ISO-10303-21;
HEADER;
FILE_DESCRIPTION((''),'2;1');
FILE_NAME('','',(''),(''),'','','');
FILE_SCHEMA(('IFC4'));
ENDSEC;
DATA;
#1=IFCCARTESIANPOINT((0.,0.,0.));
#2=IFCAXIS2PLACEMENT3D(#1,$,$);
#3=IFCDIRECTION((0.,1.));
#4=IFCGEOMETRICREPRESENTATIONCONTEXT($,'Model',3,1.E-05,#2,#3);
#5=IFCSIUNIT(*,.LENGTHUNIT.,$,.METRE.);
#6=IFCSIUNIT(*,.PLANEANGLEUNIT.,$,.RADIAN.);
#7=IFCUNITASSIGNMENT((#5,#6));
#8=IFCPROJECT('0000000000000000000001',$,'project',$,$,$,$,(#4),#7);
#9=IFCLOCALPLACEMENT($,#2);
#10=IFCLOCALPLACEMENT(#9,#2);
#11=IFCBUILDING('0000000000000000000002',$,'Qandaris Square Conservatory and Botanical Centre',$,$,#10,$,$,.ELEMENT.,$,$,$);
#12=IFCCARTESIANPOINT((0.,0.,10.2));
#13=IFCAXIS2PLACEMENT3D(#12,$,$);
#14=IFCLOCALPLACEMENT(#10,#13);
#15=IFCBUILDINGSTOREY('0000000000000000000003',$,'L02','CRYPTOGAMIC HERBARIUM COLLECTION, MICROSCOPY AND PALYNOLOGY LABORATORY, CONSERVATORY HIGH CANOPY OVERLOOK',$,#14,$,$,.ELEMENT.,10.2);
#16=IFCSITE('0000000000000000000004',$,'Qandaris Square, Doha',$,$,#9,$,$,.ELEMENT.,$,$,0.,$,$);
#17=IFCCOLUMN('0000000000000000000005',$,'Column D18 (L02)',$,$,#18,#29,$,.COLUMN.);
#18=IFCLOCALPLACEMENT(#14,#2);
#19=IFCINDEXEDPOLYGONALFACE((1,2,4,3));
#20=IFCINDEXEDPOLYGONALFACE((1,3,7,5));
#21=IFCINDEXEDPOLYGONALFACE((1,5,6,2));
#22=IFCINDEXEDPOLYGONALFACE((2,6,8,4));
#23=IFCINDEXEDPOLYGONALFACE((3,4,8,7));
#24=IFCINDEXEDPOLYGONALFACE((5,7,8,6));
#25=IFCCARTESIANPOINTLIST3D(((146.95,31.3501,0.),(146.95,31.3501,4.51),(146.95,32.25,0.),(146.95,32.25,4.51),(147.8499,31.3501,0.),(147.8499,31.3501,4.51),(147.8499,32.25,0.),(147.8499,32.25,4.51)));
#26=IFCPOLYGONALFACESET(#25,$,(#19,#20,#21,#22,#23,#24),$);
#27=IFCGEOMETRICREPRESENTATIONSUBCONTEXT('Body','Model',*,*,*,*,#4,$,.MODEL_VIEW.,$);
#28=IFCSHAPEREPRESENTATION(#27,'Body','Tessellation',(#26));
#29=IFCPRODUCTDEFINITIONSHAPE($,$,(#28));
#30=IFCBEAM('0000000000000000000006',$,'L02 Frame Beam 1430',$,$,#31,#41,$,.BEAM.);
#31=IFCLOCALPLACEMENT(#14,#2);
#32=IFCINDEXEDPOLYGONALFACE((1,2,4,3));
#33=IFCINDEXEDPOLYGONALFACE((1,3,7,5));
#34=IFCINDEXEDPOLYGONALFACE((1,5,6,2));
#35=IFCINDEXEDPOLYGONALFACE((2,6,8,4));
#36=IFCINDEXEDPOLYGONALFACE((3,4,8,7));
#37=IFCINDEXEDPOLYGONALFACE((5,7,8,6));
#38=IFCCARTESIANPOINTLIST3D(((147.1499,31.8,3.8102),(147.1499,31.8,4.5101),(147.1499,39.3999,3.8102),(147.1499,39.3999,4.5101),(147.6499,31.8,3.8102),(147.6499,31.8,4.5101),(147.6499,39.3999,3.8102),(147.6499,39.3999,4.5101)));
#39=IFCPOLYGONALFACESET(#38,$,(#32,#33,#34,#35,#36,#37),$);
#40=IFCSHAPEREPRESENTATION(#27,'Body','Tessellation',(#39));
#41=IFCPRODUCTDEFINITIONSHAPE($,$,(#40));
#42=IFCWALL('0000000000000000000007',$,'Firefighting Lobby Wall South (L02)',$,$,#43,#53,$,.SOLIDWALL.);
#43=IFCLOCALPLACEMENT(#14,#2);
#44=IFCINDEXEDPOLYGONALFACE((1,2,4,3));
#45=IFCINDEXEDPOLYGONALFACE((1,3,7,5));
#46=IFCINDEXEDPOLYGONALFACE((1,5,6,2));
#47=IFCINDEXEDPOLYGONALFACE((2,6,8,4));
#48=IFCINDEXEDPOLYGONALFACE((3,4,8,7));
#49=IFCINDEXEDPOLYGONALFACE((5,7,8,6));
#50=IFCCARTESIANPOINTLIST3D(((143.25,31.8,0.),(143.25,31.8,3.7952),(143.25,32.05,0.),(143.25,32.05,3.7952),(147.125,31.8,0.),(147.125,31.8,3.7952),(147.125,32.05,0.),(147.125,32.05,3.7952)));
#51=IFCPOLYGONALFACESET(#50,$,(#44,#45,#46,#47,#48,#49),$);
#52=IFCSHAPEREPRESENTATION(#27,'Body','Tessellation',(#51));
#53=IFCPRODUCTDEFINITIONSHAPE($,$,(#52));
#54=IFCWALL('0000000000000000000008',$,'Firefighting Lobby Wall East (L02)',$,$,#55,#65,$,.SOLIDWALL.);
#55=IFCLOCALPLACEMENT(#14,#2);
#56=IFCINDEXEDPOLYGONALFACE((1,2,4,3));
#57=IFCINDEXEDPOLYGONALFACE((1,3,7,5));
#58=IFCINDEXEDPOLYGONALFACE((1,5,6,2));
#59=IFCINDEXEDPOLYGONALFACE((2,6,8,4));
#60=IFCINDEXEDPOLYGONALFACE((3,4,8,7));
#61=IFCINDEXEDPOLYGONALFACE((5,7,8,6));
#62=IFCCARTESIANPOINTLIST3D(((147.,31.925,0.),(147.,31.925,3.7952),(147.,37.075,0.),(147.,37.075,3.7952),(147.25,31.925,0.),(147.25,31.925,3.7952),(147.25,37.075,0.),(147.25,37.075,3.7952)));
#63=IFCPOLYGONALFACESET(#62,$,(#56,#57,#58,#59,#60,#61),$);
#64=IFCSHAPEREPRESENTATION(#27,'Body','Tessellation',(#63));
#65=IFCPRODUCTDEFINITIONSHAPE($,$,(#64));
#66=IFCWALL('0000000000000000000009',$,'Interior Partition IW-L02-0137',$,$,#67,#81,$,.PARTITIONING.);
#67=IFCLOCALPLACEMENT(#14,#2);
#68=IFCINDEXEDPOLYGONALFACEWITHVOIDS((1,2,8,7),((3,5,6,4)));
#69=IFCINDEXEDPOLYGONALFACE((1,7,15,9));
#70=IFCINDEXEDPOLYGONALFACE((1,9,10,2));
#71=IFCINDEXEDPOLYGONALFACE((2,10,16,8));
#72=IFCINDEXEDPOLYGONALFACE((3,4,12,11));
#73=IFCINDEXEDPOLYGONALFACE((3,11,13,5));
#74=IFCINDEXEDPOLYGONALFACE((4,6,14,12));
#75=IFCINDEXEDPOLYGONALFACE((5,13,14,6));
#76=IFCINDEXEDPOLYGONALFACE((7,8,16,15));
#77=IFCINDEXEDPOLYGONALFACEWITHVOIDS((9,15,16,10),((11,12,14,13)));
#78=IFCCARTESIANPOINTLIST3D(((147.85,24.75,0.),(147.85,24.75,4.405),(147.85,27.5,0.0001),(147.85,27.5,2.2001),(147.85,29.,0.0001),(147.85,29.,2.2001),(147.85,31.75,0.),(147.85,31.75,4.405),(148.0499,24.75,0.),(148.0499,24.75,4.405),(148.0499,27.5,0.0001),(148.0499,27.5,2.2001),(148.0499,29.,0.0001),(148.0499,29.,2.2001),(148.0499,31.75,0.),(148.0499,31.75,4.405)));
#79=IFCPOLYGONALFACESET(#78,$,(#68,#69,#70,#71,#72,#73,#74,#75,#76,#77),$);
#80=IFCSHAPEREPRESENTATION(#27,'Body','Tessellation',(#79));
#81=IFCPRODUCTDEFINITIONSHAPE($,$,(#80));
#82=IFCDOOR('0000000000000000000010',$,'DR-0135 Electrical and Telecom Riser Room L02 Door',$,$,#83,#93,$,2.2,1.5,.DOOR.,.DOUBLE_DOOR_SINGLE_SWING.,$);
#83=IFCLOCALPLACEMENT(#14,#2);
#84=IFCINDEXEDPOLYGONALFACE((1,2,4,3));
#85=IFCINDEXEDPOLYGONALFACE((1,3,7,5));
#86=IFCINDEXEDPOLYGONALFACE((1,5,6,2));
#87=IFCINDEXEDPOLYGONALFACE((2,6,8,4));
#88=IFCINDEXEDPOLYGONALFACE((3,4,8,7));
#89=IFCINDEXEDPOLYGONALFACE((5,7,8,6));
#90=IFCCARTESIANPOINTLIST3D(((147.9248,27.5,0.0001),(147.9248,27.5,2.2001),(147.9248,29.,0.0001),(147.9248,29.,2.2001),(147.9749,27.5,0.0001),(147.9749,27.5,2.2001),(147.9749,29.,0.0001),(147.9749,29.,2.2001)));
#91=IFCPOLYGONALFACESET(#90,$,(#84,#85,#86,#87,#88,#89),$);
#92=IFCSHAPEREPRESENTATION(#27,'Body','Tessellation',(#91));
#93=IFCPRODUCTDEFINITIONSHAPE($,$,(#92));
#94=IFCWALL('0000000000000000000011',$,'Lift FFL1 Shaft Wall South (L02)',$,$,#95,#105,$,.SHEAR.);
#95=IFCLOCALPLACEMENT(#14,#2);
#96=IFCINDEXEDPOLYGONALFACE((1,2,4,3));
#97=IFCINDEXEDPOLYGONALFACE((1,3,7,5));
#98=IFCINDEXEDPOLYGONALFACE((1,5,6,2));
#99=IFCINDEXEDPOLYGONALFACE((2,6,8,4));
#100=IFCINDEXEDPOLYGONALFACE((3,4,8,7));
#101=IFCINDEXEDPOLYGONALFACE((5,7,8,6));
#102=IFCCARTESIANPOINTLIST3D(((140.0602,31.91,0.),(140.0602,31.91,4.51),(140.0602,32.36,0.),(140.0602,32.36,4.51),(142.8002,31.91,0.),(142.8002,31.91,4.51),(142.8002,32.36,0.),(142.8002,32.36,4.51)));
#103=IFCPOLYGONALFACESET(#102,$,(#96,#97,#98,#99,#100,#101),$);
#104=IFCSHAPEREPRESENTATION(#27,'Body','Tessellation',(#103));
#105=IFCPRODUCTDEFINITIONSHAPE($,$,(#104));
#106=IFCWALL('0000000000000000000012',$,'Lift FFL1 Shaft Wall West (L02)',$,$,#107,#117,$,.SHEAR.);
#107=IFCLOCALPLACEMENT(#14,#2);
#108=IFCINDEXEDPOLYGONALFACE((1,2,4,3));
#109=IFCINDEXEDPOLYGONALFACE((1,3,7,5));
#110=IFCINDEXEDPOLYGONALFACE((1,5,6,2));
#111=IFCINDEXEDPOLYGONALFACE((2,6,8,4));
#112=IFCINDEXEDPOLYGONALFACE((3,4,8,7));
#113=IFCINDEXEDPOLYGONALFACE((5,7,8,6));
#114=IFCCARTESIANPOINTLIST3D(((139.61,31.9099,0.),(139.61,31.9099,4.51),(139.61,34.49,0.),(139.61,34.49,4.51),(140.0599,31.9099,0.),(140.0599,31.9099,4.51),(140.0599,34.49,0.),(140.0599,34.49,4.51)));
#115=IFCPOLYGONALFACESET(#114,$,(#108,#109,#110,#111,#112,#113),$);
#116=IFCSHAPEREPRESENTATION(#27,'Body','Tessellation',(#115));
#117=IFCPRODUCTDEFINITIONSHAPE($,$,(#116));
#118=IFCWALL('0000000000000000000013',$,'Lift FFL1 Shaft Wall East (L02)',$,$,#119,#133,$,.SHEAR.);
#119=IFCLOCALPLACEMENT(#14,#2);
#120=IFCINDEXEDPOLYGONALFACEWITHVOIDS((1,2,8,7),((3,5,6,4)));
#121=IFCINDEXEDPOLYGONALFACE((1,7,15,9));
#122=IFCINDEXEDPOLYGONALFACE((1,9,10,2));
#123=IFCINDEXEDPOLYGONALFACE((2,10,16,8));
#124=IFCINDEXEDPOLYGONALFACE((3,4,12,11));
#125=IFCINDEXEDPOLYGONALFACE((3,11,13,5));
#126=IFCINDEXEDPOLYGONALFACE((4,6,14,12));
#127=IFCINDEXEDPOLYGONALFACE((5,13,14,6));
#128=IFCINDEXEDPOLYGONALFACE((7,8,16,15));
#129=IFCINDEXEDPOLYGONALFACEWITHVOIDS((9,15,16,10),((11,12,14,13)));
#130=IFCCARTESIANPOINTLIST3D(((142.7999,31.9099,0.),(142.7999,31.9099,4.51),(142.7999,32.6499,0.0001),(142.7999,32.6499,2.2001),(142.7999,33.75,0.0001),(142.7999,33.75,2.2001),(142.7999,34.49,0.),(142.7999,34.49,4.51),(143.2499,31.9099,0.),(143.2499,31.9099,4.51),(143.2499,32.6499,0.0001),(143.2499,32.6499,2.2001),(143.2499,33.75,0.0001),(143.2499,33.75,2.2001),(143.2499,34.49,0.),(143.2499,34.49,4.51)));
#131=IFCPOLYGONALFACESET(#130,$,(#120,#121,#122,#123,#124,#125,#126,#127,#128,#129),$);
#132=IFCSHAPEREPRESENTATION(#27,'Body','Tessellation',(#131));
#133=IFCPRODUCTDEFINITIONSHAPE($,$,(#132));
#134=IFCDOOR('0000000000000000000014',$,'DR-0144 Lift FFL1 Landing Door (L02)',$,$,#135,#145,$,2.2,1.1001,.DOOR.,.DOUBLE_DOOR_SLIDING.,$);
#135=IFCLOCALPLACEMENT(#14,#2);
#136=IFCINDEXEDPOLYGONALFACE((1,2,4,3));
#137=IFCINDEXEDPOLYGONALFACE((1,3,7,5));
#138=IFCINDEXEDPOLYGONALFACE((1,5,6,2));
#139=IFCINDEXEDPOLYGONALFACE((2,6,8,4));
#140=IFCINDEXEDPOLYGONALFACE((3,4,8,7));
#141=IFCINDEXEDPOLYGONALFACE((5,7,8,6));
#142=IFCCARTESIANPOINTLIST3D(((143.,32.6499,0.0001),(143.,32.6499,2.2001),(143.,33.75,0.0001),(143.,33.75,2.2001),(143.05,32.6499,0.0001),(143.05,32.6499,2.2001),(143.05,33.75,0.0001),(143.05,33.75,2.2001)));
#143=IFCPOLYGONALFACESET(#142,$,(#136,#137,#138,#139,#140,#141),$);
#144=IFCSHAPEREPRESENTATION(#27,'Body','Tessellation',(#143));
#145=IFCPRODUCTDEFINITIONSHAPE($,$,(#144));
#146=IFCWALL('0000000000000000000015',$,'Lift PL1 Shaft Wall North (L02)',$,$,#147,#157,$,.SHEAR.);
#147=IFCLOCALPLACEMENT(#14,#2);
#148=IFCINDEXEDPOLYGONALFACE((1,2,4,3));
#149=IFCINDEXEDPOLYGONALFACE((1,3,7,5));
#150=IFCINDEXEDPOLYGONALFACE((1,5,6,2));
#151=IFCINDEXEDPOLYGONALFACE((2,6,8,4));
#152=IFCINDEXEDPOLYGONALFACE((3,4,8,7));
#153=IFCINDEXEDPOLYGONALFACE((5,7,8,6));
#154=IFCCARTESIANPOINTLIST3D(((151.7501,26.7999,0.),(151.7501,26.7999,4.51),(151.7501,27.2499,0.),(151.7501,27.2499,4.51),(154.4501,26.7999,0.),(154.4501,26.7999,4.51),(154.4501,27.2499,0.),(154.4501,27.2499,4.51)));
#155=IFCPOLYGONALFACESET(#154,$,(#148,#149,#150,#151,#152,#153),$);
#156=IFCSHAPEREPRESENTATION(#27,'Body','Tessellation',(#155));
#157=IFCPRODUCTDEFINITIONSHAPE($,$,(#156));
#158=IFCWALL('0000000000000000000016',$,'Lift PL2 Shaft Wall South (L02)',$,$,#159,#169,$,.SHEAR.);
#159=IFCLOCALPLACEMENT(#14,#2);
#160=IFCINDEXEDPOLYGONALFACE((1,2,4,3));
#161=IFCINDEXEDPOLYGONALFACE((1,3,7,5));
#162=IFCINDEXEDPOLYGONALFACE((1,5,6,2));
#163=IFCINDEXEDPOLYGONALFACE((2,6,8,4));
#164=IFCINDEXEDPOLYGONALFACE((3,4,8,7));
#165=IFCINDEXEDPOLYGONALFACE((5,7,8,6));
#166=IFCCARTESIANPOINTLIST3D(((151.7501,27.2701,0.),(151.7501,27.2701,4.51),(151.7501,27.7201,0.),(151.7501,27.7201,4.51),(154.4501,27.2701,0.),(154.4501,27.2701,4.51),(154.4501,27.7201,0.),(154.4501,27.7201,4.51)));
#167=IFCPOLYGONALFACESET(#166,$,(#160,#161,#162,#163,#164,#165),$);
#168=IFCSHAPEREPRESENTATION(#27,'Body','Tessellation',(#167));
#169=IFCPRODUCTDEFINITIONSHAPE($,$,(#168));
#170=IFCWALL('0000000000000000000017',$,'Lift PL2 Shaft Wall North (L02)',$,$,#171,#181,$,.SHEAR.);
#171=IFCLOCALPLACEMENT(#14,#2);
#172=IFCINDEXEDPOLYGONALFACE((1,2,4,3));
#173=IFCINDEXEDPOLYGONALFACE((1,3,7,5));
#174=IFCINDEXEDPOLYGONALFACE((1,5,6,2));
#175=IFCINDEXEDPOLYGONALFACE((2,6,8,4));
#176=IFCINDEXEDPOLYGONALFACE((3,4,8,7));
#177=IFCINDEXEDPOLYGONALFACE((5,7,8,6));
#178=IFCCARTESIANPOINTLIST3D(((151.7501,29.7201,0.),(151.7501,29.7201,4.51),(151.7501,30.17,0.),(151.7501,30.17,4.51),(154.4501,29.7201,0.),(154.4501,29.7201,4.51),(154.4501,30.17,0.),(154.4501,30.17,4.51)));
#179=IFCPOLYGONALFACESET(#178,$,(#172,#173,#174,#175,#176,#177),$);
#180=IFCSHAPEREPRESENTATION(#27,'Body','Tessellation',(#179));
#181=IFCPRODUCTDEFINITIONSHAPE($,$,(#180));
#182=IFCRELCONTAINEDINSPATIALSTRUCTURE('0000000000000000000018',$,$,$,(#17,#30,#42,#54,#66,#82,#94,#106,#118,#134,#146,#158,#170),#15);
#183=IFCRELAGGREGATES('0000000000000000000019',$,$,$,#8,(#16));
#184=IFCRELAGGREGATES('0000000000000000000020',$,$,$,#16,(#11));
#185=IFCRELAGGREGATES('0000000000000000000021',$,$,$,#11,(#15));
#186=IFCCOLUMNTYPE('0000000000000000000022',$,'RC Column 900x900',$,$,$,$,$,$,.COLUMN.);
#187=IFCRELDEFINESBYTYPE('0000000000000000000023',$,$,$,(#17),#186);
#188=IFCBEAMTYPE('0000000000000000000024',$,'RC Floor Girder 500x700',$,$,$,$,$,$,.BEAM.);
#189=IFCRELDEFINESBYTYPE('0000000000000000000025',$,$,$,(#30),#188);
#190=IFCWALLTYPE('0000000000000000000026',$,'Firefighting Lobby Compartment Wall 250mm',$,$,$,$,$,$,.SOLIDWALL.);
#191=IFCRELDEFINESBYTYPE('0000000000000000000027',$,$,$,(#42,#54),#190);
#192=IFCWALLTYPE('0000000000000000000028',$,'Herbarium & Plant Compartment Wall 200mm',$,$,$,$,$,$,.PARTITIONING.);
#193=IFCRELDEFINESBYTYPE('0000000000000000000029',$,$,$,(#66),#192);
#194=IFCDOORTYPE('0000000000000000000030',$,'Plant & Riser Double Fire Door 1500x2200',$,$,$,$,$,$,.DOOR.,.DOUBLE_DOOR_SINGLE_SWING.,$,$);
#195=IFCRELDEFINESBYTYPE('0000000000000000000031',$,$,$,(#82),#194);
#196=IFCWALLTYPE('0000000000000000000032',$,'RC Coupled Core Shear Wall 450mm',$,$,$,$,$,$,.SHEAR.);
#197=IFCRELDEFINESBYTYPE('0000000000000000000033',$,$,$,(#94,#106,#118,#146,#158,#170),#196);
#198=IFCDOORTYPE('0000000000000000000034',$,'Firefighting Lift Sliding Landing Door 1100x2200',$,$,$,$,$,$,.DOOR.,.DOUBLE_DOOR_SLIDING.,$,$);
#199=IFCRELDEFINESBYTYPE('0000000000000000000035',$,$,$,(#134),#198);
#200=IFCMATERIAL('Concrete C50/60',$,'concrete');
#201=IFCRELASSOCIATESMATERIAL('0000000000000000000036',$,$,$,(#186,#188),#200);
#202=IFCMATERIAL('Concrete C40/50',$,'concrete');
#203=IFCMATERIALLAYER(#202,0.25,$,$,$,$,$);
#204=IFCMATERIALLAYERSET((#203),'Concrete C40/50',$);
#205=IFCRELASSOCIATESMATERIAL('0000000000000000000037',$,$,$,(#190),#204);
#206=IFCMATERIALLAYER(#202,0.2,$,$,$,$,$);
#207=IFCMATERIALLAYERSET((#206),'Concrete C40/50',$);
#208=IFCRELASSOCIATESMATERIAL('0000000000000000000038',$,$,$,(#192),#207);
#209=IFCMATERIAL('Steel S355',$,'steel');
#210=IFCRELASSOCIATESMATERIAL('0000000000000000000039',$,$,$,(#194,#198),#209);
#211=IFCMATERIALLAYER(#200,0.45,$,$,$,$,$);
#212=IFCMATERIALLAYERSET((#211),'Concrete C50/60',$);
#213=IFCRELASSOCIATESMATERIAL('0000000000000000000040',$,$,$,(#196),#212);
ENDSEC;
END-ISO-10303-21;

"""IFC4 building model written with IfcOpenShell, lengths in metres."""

from ifc_helpers import new_model, si_unit, direction, frame, frame_2d, origin, origin_2d, place, context, subcontext, project, spatial, rectangle, extrude, material, layer, layer_set, material_profile, profile_set, type_object, element, fill, save


model = new_model("IFC4")

# Units and contexts
model_context = context("Model", 3, precision=1e-05, world=origin(), true_north=direction((0.0, 1.0)))
body_context = subcontext(model_context, "Body", "Model", "MODEL_VIEW")
ifc_project = project(units=[si_unit("LENGTHUNIT", "METRE"), si_unit("PLANEANGLEUNIT", "RADIAN")], contexts=[model_context])

# Site, building, storey
site_placement = place(None, origin())
site = spatial("IfcSite", under=ifc_project, at=site_placement, Name="Qandaris Square, Doha", CompositionType="ELEMENT", RefElevation=0.0)
building_placement = place(site_placement, origin())
building = spatial("IfcBuilding", under=site, at=building_placement, Name="Qandaris Square Conservatory and Botanical Centre", CompositionType="ELEMENT")
storey_placement = place(building_placement, frame((0.0, 0.0, 10.2)))
storey = spatial("IfcBuildingStorey", under=building, at=storey_placement, Name="L02", Description="CRYPTOGAMIC HERBARIUM COLLECTION, MICROSCOPY AND PALYNOLOGY LABORATORY, CONSERVATORY HIGH CANOPY OVERLOOK", CompositionType="ELEMENT", Elevation=10.2)

# Column
ifc_material_1 = material(Name="Concrete C50/60", Category="concrete")
ifc_material_profile_1 = material_profile(ifc_material_1, rectangle(XDim=0.8999, YDim=0.8999, at=origin_2d()), Name="RC-COL 900x900")
ifc_profile_set_1 = profile_set([ifc_material_profile_1], Name="Concrete C50/60")
column_type = type_object("IfcColumnType", Name="RC Column 900x900", PredefinedType="COLUMN", material=ifc_profile_set_1)
column_placement = place(storey_placement, frame((147.3999, 31.8, 0.0), z_axis=(0.0, 0.0, 1.0), x_axis=(1.0, 0.0, 0.0)))
element("IfcColumn", 1, at=column_placement, inside=storey, type_object=column_type, Name="Column D18 (L02)", PredefinedType="COLUMN", context=body_context, shape_type="SweptSolid", body=[
    extrude(rectangle(XDim=0.8999, YDim=0.8999, at=origin_2d()), origin(), (0.0, 0.0, 1.0), 4.51),
])

# Beam
ifc_material_profile_2 = material_profile(ifc_material_1, rectangle(XDim=0.5, YDim=0.7, at=origin_2d()), Name="RC-BM 500x700")
ifc_profile_set_2 = profile_set([ifc_material_profile_2], Name="Concrete C50/60")
beam_type = type_object("IfcBeamType", Name="RC Floor Girder 500x700", PredefinedType="BEAM", material=ifc_profile_set_2)
beam_placement = place(storey_placement, frame((147.3999, 31.8, 4.1602), z_axis=(0.0, 1.0, 0.0), x_axis=(-1.0, 0.0, 0.0)))
element("IfcBeam", 2, at=beam_placement, inside=storey, type_object=beam_type, Name="L02 Frame Beam 1430", PredefinedType="BEAM", context=body_context, shape_type="SweptSolid", body=[
    extrude(rectangle(XDim=0.5, YDim=0.7, at=origin_2d()), origin(), (0.0, 0.0, 1.0), 7.5999),
])

# Walls
ifc_material_2 = material(Name="Concrete C40/50", Category="concrete")
ifc_layer_1 = layer(ifc_material_2, 0.25)
ifc_layer_set_1 = layer_set([ifc_layer_1], Name="Concrete C40/50")
wall_type_1 = type_object("IfcWallType", Name="Firefighting Lobby Compartment Wall 250mm", PredefinedType="SOLIDWALL", material=ifc_layer_set_1)
wall_1_placement = place(storey_placement, frame((143.25, 31.925, 0.0), z_axis=(0.0, 0.0, 1.0), x_axis=(1.0, 0.0, 0.0)))
element("IfcWall", 3, at=wall_1_placement, inside=storey, type_object=wall_type_1, Name="Firefighting Lobby Wall South (L02)", PredefinedType="SOLIDWALL", context=body_context, shape_type="SweptSolid", body=[
    extrude(rectangle(XDim=3.875, YDim=0.25, at=frame_2d((1.9375, 0.0))), origin(), (0.0, 0.0, 1.0), 3.7952),
])
wall_2_placement = place(storey_placement, frame((147.125, 31.925, 0.0), z_axis=(0.0, 0.0, 1.0), x_axis=(0.0, 1.0, 0.0)))
element("IfcWall", 4, at=wall_2_placement, inside=storey, type_object=wall_type_1, Name="Firefighting Lobby Wall East (L02)", PredefinedType="SOLIDWALL", context=body_context, shape_type="SweptSolid", body=[
    extrude(rectangle(XDim=5.1499, YDim=0.25, at=frame_2d((2.575, 0.0))), origin(), (0.0, 0.0, 1.0), 3.7952),
])

# Wall, opening, door
ifc_layer_2 = layer(ifc_material_2, 0.2)
ifc_layer_set_2 = layer_set([ifc_layer_2], Name="Concrete C40/50")
wall_type_2 = type_object("IfcWallType", Name="Herbarium & Plant Compartment Wall 200mm", PredefinedType="PARTITIONING", material=ifc_layer_set_2)
wall_3_placement = place(storey_placement, frame((147.95, 31.75, 0.0), z_axis=(0.0, 0.0, 1.0), x_axis=(0.0, -1.0, 0.0)))
wall_3 = element("IfcWall", 5, at=wall_3_placement, inside=storey, type_object=wall_type_2, Name="Interior Partition IW-L02-0137", PredefinedType="PARTITIONING", context=body_context, shape_type="SweptSolid", body=[
    extrude(rectangle(XDim=7.0, YDim=0.2, at=frame_2d((3.5, 0.0))), origin(), (0.0, 0.0, 1.0), 4.405),
])
opening_1_placement = place(wall_3_placement, frame((2.75, 0.0, 0.0)))
opening_1 = element("IfcOpeningElement", 6, at=opening_1_placement, cuts=wall_3, PredefinedType="OPENING", context=body_context, shape_type="SweptSolid", body=[
    extrude(rectangle(XDim=1.5, YDim=2.2, at=frame_2d((0.75, 1.1001))), frame((0.0, 0.1118, 0.0), z_axis=(0.0, -1.0, 0.0), x_axis=(1.0, 0.0, 0.0)), (0.0, 0.0, 1.0), 0.2239),
])
ifc_material_3 = material(Name="Steel S355", Category="steel")
door_type_1 = type_object("IfcDoorType", Name="Plant & Riser Double Fire Door 1500x2200", OperationType="DOUBLE_DOOR_SINGLE_SWING", PredefinedType="DOOR", material=ifc_material_3)
door_1_placement = place(opening_1_placement, origin())
door_1 = element("IfcDoor", 7, at=door_1_placement, inside=storey, type_object=door_type_1, Name="DR-0135 Electrical and Telecom Riser Room L02 Door", OperationType="DOUBLE_DOOR_SINGLE_SWING", OverallHeight=2.2, OverallWidth=1.5, PredefinedType="DOOR", context=body_context, shape_type="SweptSolid", body=[
    extrude(rectangle(XDim=1.5, YDim=2.2, at=frame_2d((0.75, 1.1001))), frame((0.0, 0.0249, 0.0), z_axis=(0.0, -1.0, 0.0), x_axis=(1.0, 0.0, 0.0)), (0.0, 0.0, 1.0), 0.05),
])
fill(opening_1, door_1)

# Walls
ifc_layer_3 = layer(ifc_material_1, 0.45)
ifc_layer_set_3 = layer_set([ifc_layer_3], Name="Concrete C50/60")
wall_type_3 = type_object("IfcWallType", Name="RC Coupled Core Shear Wall 450mm", PredefinedType="SHEAR", material=ifc_layer_set_3)
wall_4_placement = place(storey_placement, frame((140.0601, 32.135, 0.0), z_axis=(0.0, 0.0, 1.0), x_axis=(1.0, 0.0, 0.0)))
element("IfcWall", 8, at=wall_4_placement, inside=storey, type_object=wall_type_3, Name="Lift FFL1 Shaft Wall South (L02)", PredefinedType="SHEAR", context=body_context, shape_type="SweptSolid", body=[
    extrude(rectangle(XDim=2.74, YDim=0.45, at=frame_2d((1.3701, 0.0))), origin(), (0.0, 0.0, 1.0), 4.51),
])
wall_5_placement = place(storey_placement, frame((139.835, 31.9099, 0.0), z_axis=(0.0, 0.0, 1.0), x_axis=(0.0, 1.0, 0.0)))
element("IfcWall", 9, at=wall_5_placement, inside=storey, type_object=wall_type_3, Name="Lift FFL1 Shaft Wall West (L02)", PredefinedType="SHEAR", context=body_context, shape_type="SweptSolid", body=[
    extrude(rectangle(XDim=2.5801, YDim=0.45, at=frame_2d((1.29, 0.0))), origin(), (0.0, 0.0, 1.0), 4.51),
])

# Wall, opening, door
wall_6_placement = place(storey_placement, frame((143.0249, 31.9099, 0.0), z_axis=(0.0, 0.0, 1.0), x_axis=(0.0, 1.0, 0.0)))
wall_6 = element("IfcWall", 10, at=wall_6_placement, inside=storey, type_object=wall_type_3, Name="Lift FFL1 Shaft Wall East (L02)", PredefinedType="SHEAR", context=body_context, shape_type="SweptSolid", body=[
    extrude(rectangle(XDim=2.5801, YDim=0.45, at=frame_2d((1.29, 0.0))), origin(), (0.0, 0.0, 1.0), 4.51),
])
opening_2_placement = place(wall_6_placement, frame((0.74, 0.0, 0.0)))
opening_2 = element("IfcOpeningElement", 11, at=opening_2_placement, cuts=wall_6, PredefinedType="OPENING", context=body_context, shape_type="SweptSolid", body=[
    extrude(rectangle(XDim=1.1001, YDim=2.2, at=frame_2d((0.55, 1.1001))), frame((0.0, 0.2368, 0.0), z_axis=(0.0, -1.0, 0.0), x_axis=(1.0, 0.0, 0.0)), (0.0, 0.0, 1.0), 0.4739),
])
door_type_2 = type_object("IfcDoorType", Name="Firefighting Lift Sliding Landing Door 1100x2200", OperationType="DOUBLE_DOOR_SLIDING", PredefinedType="DOOR", material=ifc_material_3)
door_2_placement = place(opening_2_placement, origin())
door_2 = element("IfcDoor", 12, at=door_2_placement, inside=storey, type_object=door_type_2, Name="DR-0144 Lift FFL1 Landing Door (L02)", OperationType="DOUBLE_DOOR_SLIDING", OverallHeight=2.2, OverallWidth=1.1001, PredefinedType="DOOR", context=body_context, shape_type="SweptSolid", body=[
    extrude(rectangle(XDim=1.1001, YDim=2.2, at=frame_2d((0.55, 1.1001))), frame((0.0, 0.0249, 0.0), z_axis=(0.0, -1.0, 0.0), x_axis=(1.0, 0.0, 0.0)), (0.0, 0.0, 1.0), 0.05),
])
fill(opening_2, door_2)

# Walls
for number, where, z_axis, x_axis, name in (
    (13, (151.75, 27.0249, 0.0), (0.0, 0.0, 1.0), (1.0, 0.0, 0.0), "Lift PL1 Shaft Wall North (L02)"),
    (14, (151.75, 27.4951, 0.0), (0.0, 0.0, 1.0), (1.0, 0.0, 0.0), "Lift PL2 Shaft Wall South (L02)"),
    (15, (151.75, 29.9451, 0.0), (0.0, 0.0, 1.0), (1.0, 0.0, 0.0), "Lift PL2 Shaft Wall North (L02)"),
):
    element("IfcWall", number, at=place(storey_placement, frame(where, z_axis=z_axis, x_axis=x_axis)), inside=storey, type_object=wall_type_3, Name=name, PredefinedType="SHEAR", context=body_context, shape_type="SweptSolid", body=[
        extrude(rectangle(XDim=2.7, YDim=0.45, at=frame_2d((1.3501, 0.0))), origin(), (0.0, 0.0, 1.0), 4.51),
    ])

save(model, "model.ifc")
